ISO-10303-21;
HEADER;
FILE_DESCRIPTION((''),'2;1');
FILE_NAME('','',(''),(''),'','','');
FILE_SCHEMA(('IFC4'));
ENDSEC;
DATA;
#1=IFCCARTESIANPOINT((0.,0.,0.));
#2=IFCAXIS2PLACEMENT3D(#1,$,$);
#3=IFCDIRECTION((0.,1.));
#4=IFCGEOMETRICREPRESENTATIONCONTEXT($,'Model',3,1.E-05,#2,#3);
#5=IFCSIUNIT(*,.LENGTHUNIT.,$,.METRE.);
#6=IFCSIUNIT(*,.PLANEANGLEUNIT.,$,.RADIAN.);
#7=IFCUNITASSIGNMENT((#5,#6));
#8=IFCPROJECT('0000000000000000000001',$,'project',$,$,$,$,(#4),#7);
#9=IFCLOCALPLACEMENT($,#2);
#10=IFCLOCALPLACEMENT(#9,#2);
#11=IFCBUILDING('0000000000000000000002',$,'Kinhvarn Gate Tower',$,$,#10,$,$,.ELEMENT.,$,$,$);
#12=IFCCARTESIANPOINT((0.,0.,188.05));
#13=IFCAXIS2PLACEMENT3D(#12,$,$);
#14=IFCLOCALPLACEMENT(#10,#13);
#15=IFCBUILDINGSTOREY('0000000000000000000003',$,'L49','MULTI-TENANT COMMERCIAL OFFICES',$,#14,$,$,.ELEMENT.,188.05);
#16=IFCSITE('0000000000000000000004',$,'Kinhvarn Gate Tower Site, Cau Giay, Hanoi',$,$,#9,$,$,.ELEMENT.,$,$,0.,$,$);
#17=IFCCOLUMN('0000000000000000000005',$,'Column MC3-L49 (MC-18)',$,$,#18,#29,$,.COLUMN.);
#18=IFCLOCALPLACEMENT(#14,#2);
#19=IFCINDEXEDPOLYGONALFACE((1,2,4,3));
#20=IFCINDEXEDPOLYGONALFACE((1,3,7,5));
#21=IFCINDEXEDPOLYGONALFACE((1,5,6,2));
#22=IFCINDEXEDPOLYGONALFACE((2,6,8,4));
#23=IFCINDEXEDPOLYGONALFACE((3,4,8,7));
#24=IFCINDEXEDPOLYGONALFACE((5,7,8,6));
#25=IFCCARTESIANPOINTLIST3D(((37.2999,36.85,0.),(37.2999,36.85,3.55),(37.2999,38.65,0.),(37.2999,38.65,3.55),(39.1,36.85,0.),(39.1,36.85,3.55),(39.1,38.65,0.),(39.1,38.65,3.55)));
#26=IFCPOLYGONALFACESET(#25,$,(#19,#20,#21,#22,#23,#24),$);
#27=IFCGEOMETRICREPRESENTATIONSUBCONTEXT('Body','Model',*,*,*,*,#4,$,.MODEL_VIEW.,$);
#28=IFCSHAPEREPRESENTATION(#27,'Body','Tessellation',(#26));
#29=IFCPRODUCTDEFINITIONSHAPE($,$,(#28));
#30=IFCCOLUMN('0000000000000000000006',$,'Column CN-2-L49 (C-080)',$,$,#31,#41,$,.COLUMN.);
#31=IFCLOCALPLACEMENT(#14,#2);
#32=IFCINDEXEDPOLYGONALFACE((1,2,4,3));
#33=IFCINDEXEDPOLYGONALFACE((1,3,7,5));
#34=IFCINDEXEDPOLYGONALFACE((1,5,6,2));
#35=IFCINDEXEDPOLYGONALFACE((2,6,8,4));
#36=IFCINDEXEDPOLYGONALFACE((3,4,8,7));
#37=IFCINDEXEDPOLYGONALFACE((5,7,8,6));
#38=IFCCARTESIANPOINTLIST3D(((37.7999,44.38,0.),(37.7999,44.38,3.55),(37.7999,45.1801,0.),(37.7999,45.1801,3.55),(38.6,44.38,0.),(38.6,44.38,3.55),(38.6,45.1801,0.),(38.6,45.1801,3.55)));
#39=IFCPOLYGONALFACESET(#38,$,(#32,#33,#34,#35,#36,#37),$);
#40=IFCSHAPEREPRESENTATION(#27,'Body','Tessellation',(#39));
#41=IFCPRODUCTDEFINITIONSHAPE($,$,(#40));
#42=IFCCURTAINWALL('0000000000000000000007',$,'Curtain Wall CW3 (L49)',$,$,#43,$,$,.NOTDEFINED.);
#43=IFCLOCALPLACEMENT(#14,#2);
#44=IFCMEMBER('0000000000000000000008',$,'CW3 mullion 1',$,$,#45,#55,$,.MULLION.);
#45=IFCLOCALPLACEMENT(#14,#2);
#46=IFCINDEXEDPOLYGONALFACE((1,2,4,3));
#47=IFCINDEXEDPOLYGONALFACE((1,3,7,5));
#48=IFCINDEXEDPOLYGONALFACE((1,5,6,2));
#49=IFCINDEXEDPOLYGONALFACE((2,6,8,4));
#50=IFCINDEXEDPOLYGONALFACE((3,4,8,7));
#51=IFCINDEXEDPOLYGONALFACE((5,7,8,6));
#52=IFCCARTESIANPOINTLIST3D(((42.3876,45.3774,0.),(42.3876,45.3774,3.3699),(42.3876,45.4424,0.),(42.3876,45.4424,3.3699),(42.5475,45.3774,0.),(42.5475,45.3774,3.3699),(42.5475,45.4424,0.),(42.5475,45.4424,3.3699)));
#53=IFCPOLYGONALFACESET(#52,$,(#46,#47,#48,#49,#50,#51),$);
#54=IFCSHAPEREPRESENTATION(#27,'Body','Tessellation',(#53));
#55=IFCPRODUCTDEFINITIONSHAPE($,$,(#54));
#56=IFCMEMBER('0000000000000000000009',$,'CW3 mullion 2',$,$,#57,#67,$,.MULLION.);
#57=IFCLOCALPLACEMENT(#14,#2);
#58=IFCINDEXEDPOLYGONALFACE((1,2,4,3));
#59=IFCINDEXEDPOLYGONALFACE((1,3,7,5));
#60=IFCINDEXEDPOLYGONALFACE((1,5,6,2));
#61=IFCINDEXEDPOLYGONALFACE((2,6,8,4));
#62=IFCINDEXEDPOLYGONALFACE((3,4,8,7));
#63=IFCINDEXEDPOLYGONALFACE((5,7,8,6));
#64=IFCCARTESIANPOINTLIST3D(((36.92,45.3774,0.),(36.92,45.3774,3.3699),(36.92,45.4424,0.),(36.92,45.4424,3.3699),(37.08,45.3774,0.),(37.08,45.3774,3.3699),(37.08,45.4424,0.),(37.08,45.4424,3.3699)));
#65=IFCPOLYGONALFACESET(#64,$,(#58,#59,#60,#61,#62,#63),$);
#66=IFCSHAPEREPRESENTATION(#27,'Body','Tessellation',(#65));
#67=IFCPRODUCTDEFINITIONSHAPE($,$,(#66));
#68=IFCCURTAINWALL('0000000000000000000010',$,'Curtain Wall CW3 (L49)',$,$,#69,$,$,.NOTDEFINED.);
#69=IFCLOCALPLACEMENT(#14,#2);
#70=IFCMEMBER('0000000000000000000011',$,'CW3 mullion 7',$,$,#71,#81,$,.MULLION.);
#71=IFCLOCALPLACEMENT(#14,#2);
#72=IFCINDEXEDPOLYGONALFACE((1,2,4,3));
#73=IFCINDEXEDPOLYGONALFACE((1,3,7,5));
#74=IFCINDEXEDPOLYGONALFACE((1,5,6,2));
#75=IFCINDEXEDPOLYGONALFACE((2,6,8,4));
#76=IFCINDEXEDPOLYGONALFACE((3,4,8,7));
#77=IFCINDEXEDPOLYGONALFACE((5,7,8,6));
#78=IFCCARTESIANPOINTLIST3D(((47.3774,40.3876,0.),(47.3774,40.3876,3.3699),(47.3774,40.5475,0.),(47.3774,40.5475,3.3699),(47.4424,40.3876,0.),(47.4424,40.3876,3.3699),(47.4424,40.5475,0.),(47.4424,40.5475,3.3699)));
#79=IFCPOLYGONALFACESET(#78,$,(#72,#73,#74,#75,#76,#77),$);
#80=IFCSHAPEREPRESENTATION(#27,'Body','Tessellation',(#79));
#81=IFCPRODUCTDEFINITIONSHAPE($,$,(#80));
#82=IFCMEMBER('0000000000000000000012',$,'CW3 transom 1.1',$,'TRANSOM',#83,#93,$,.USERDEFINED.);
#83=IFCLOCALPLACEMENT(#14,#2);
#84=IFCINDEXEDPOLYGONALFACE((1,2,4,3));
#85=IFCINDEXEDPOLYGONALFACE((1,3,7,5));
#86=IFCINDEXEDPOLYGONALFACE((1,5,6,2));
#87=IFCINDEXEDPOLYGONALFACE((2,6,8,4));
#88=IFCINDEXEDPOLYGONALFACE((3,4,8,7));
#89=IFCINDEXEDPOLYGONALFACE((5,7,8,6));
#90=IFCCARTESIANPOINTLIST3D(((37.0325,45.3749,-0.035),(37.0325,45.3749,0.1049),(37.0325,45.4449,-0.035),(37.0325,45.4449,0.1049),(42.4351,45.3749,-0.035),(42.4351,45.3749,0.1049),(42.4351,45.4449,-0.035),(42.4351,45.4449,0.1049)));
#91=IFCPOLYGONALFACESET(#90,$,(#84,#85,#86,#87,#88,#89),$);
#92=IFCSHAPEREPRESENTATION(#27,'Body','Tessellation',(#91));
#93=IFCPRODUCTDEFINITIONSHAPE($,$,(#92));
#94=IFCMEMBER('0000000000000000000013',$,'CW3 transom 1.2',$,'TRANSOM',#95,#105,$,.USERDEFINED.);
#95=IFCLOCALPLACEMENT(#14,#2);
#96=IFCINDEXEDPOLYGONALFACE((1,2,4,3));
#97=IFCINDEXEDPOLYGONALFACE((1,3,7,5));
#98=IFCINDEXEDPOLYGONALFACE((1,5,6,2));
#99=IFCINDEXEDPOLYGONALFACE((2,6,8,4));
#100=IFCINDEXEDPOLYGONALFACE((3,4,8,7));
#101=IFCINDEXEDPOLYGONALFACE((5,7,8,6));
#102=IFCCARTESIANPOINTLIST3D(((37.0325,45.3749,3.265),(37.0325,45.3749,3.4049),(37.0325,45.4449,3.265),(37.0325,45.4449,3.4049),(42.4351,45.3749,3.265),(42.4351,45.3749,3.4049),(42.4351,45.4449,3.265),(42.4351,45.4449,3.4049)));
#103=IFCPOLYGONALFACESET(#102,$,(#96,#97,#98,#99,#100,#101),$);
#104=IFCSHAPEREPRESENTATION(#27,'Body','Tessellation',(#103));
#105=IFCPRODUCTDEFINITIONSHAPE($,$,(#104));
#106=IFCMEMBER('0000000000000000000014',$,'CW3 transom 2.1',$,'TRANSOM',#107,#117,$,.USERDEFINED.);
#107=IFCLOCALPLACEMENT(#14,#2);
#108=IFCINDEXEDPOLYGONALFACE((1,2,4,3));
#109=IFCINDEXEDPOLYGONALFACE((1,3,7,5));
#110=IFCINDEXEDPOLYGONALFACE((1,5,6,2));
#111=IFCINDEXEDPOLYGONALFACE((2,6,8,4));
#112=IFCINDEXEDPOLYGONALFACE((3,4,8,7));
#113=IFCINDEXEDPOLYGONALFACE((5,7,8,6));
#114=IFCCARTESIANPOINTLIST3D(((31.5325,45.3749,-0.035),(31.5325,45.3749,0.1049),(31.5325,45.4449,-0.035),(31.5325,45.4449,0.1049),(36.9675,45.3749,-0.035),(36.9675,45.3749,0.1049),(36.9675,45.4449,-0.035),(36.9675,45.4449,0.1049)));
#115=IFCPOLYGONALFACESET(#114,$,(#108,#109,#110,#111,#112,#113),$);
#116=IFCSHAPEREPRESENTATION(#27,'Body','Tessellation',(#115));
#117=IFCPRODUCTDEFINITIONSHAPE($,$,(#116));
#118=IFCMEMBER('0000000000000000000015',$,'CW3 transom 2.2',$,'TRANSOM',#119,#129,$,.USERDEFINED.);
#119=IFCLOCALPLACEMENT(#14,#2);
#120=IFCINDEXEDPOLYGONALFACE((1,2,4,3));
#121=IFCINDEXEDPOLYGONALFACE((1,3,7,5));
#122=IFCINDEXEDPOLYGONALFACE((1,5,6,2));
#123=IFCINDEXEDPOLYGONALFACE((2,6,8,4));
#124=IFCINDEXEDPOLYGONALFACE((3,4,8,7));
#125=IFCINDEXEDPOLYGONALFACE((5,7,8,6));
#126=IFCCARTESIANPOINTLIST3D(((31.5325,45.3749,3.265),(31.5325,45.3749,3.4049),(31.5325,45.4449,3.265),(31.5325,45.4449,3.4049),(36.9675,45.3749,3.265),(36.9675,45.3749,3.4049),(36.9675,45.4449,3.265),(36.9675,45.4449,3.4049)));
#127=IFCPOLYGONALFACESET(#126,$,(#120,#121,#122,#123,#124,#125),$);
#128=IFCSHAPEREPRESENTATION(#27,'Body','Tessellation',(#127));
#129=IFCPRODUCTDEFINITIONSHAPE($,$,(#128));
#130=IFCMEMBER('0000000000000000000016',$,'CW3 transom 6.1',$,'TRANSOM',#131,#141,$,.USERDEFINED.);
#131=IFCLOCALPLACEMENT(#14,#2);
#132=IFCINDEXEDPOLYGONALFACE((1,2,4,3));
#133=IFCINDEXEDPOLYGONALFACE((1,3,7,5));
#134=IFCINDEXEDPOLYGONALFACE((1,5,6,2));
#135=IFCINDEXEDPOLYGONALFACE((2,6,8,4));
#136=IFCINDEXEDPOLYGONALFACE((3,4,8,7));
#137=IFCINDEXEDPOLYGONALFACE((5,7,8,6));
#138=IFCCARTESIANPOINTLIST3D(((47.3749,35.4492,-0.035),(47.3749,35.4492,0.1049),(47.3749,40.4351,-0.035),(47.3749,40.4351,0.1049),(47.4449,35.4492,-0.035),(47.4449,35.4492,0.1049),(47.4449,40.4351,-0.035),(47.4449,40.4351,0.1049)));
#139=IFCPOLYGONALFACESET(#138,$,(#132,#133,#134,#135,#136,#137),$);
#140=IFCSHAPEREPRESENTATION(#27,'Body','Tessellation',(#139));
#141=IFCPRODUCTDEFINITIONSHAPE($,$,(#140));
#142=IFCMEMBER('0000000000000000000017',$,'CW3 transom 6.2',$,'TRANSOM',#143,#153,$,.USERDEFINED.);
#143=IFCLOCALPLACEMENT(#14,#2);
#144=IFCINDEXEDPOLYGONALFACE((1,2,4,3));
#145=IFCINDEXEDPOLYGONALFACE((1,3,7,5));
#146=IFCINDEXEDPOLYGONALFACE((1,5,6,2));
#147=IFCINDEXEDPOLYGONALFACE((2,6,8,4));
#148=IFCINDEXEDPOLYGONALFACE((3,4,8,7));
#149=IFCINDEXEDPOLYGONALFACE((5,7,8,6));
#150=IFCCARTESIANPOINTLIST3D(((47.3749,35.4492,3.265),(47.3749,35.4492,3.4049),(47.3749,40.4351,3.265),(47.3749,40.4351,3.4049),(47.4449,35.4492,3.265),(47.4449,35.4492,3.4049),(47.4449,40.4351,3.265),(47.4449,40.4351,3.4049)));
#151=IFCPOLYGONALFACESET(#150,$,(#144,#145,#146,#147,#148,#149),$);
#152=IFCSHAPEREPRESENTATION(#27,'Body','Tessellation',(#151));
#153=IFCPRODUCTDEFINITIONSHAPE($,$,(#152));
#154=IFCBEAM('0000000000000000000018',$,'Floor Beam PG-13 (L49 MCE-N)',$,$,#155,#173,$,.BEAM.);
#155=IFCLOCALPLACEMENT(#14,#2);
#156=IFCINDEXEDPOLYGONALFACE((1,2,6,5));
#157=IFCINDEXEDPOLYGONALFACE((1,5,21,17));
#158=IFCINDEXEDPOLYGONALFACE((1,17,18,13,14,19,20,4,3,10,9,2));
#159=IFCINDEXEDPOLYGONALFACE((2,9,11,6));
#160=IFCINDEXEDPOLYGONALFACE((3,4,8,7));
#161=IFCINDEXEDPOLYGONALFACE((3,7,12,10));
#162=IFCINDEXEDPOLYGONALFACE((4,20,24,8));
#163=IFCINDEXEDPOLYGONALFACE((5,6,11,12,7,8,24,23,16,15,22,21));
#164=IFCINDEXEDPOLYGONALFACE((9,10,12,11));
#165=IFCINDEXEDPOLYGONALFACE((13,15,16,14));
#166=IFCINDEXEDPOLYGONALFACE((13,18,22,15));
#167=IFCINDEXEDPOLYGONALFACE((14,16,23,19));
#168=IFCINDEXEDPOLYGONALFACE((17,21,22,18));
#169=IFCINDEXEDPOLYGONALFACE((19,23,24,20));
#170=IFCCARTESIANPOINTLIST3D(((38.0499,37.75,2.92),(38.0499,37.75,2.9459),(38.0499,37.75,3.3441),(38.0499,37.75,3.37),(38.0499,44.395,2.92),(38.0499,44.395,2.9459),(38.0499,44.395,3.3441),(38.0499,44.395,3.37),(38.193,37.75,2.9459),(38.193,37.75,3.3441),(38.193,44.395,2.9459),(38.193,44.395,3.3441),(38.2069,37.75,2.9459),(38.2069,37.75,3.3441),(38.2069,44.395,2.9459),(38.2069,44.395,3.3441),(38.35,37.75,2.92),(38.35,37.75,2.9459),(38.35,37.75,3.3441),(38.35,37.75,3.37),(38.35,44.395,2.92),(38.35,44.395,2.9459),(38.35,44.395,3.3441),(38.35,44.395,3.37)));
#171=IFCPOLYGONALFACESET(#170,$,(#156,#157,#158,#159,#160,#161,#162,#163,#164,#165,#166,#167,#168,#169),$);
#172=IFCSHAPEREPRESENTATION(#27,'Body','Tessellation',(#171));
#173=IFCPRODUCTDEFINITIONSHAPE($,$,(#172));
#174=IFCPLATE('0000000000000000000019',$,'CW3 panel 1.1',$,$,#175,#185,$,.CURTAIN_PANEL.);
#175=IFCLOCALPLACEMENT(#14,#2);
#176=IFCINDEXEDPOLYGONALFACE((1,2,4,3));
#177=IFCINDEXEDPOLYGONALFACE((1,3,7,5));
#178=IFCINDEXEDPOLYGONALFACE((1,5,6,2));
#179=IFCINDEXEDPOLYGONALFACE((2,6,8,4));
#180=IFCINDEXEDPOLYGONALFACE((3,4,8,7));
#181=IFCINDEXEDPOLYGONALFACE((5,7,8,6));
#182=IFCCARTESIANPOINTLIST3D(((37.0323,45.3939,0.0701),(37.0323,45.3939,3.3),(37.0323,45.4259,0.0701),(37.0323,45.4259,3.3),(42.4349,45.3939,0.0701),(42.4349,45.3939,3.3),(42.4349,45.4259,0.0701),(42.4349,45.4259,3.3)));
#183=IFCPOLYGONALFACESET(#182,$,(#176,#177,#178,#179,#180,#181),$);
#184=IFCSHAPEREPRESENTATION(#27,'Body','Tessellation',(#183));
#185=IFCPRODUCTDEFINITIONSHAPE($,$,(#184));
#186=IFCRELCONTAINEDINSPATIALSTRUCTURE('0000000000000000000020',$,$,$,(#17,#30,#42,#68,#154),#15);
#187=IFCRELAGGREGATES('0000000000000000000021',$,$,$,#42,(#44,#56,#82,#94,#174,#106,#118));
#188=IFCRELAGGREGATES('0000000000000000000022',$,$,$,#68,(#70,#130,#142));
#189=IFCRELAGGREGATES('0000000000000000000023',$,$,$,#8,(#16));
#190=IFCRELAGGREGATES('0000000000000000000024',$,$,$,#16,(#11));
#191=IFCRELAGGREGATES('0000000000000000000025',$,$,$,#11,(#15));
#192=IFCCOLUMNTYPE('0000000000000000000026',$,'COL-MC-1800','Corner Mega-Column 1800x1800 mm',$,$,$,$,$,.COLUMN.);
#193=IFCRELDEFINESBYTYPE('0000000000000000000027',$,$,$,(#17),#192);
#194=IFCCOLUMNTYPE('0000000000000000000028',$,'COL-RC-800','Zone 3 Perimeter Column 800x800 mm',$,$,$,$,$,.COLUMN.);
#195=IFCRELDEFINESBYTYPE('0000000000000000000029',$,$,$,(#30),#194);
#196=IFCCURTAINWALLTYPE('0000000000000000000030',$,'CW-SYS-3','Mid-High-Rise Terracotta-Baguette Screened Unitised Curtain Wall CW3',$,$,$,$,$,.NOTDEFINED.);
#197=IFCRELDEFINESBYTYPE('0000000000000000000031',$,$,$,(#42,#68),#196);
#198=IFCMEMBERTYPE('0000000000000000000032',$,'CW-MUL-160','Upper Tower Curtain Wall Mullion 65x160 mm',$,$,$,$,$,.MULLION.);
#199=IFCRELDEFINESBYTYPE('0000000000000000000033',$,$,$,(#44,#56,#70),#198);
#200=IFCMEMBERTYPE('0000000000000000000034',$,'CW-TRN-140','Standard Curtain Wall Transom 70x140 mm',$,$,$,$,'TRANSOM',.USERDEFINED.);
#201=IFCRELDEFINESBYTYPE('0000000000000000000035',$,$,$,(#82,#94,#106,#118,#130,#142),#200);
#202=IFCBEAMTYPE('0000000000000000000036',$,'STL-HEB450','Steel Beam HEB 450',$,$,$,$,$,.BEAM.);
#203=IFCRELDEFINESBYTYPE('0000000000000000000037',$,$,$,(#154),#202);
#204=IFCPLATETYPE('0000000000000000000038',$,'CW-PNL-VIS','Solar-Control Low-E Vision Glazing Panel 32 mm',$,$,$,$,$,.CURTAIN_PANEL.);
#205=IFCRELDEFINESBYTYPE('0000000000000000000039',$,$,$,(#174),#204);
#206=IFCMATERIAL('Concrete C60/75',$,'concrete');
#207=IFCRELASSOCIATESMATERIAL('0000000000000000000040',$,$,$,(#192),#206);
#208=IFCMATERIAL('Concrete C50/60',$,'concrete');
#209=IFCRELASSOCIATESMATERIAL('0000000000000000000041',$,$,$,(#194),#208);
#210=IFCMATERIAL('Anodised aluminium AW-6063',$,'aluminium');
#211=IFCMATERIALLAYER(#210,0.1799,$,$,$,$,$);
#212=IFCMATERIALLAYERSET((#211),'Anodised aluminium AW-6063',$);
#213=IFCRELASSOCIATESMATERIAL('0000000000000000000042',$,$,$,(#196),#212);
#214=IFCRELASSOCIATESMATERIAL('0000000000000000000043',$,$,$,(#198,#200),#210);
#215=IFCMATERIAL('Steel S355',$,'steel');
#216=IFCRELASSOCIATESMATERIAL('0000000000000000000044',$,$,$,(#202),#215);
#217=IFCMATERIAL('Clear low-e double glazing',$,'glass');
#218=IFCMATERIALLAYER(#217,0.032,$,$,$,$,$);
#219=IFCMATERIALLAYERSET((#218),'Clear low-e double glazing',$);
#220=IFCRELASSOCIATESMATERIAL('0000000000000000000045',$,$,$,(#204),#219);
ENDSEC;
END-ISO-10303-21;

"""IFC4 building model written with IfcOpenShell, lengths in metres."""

from ifc_helpers import new_model, si_unit, direction, frame, origin, origin_2d, place, context, subcontext, project, spatial, rectangle, i_section, extrude, material, layer, layer_set, material_profile, profile_set, type_object, element, aggregate, save


model = new_model("IFC4")

# Units and contexts
model_context = context("Model", 3, precision=1e-05, world=origin(), true_north=direction((0.0, 1.0)))
body_context = subcontext(model_context, "Body", "Model", "MODEL_VIEW")
ifc_project = project(units=[si_unit("LENGTHUNIT", "METRE"), si_unit("PLANEANGLEUNIT", "RADIAN")], contexts=[model_context])

# Site, building, storey
site_placement = place(None, origin())
site = spatial("IfcSite", under=ifc_project, at=site_placement, Name="Kinhvarn Gate Tower Site, Cau Giay, Hanoi", CompositionType="ELEMENT", RefElevation=0.0)
building_placement = place(site_placement, origin())
building = spatial("IfcBuilding", under=site, at=building_placement, Name="Kinhvarn Gate Tower", CompositionType="ELEMENT")
storey_placement = place(building_placement, frame((0.0, 0.0, 188.05)))
storey = spatial("IfcBuildingStorey", under=building, at=storey_placement, Name="L49", Description="MULTI-TENANT COMMERCIAL OFFICES", CompositionType="ELEMENT", Elevation=188.05)

# Columns
ifc_material_1 = material(Name="Concrete C60/75", Category="concrete")
ifc_material_profile_1 = material_profile(ifc_material_1, rectangle(XDim=1.8, YDim=1.8, at=origin_2d()), Name="RC 1800x1800")
ifc_profile_set_1 = profile_set([ifc_material_profile_1], Name="Concrete C60/75")
column_type_1 = type_object("IfcColumnType", Name="COL-MC-1800", Description="Corner Mega-Column 1800x1800 mm", PredefinedType="COLUMN", material=ifc_profile_set_1)
column_1_placement = place(storey_placement, frame((38.2, 37.75, 0.0), z_axis=(0.0, 0.0, 1.0), x_axis=(1.0, 0.0, 0.0)))
element("IfcColumn", 1, at=column_1_placement, inside=storey, type_object=column_type_1, Name="Column MC3-L49 (MC-18)", PredefinedType="COLUMN", context=body_context, shape_type="SweptSolid", body=[
    extrude(rectangle(XDim=1.8, YDim=1.8, at=origin_2d()), origin(), (0.0, 0.0, 1.0), 3.55),
])
ifc_material_2 = material(Name="Concrete C50/60", Category="concrete")
ifc_material_profile_2 = material_profile(ifc_material_2, rectangle(XDim=0.8, YDim=0.8, at=origin_2d()), Name="RC 800x800")
ifc_profile_set_2 = profile_set([ifc_material_profile_2], Name="Concrete C50/60")
column_type_2 = type_object("IfcColumnType", Name="COL-RC-800", Description="Zone 3 Perimeter Column 800x800 mm", PredefinedType="COLUMN", material=ifc_profile_set_2)
column_2_placement = place(storey_placement, frame((38.2, 44.78, 0.0), z_axis=(0.0, 0.0, 1.0), x_axis=(1.0, 0.0, 0.0)))
element("IfcColumn", 2, at=column_2_placement, inside=storey, type_object=column_type_2, Name="Column CN-2-L49 (C-080)", PredefinedType="COLUMN", context=body_context, shape_type="SweptSolid", body=[
    extrude(rectangle(XDim=0.8, YDim=0.8, at=origin_2d()), origin(), (0.0, 0.0, 1.0), 3.55),
])

# Curtain wall, members
ifc_material_3 = material(Name="Anodised aluminium AW-6063", Category="aluminium")
ifc_layer_1 = layer(ifc_material_3, 0.1799)
ifc_layer_set_1 = layer_set([ifc_layer_1], Name="Anodised aluminium AW-6063")
curtain_wall_type = type_object("IfcCurtainWallType", Name="CW-SYS-3", Description="Mid-High-Rise Terracotta-Baguette Screened Unitised Curtain Wall CW3", PredefinedType="NOTDEFINED", material=ifc_layer_set_1)
curtain_wall_1_placement = place(storey_placement, origin())
curtain_wall_1 = element("IfcCurtainWall", 3, at=curtain_wall_1_placement, inside=storey, type_object=curtain_wall_type, Name="Curtain Wall CW3 (L49)", PredefinedType="NOTDEFINED")
ifc_material_profile_3 = material_profile(ifc_material_3, rectangle(XDim=0.0649, YDim=0.1599, at=origin_2d()), Name="ALU 65x160")
ifc_profile_set_3 = profile_set([ifc_material_profile_3], Name="Anodised aluminium AW-6063")
member_type_1 = type_object("IfcMemberType", Name="CW-MUL-160", Description="Upper Tower Curtain Wall Mullion 65x160 mm", PredefinedType="MULLION", material=ifc_profile_set_3)
member_1_placement = place(storey_placement, frame((42.4675, 45.4099, 0.0), z_axis=(0.0, 0.0, 1.0), x_axis=(0.0, -1.0, 0.0)))
member_1 = element("IfcMember", 4, at=member_1_placement, type_object=member_type_1, Name="CW3 mullion 1", PredefinedType="MULLION", context=body_context, shape_type="SweptSolid", body=[
    extrude(rectangle(XDim=0.0649, YDim=0.1599, at=origin_2d()), origin(), (0.0, 0.0, 1.0), 3.3699),
])
member_2_placement = place(storey_placement, frame((37.0, 45.4099, 0.0), z_axis=(0.0, 0.0, 1.0), x_axis=(0.0, -1.0, 0.0)))
member_2 = element("IfcMember", 5, at=member_2_placement, type_object=member_type_1, Name="CW3 mullion 2", PredefinedType="MULLION", context=body_context, shape_type="SweptSolid", body=[
    extrude(rectangle(XDim=0.0649, YDim=0.1599, at=origin_2d()), origin(), (0.0, 0.0, 1.0), 3.3699),
])

# Curtain wall, member
curtain_wall_2_placement = place(storey_placement, origin())
curtain_wall_2 = element("IfcCurtainWall", 6, at=curtain_wall_2_placement, inside=storey, type_object=curtain_wall_type, Name="Curtain Wall CW3 (L49)", PredefinedType="NOTDEFINED")
member_3_placement = place(storey_placement, frame((47.4099, 40.4675, 0.0), z_axis=(0.0, 0.0, 1.0), x_axis=(-1.0, 0.0, 0.0)))
member_3 = element("IfcMember", 7, at=member_3_placement, type_object=member_type_1, Name="CW3 mullion 7", PredefinedType="MULLION", context=body_context, shape_type="SweptSolid", body=[
    extrude(rectangle(XDim=0.0649, YDim=0.1599, at=origin_2d()), origin(), (0.0, 0.0, 1.0), 3.3699),
])

# Members
ifc_material_profile_4 = material_profile(ifc_material_3, rectangle(XDim=0.0701, YDim=0.1399, at=origin_2d()), Name="ALU 70x140")
ifc_profile_set_4 = profile_set([ifc_material_profile_4], Name="Anodised aluminium AW-6063")
member_type_2 = type_object("IfcMemberType", Name="CW-TRN-140", Description="Standard Curtain Wall Transom 70x140 mm", ElementType="TRANSOM", PredefinedType="USERDEFINED", material=ifc_profile_set_4)
member_4_placement = place(storey_placement, frame((42.4351, 45.4099, 0.0349), z_axis=(-1.0, 0.0, 0.0), x_axis=(0.0, -1.0, 0.0)))
member_4 = element("IfcMember", 8, at=member_4_placement, type_object=member_type_2, Name="CW3 transom 1.1", ObjectType="TRANSOM", PredefinedType="USERDEFINED", context=body_context, shape_type="SweptSolid", body=[
    extrude(rectangle(XDim=0.0701, YDim=0.1399, at=origin_2d()), origin(), (0.0, 0.0, 1.0), 5.4026),
])
member_5_placement = place(storey_placement, frame((42.4351, 45.4099, 3.335), z_axis=(-1.0, 0.0, 0.0), x_axis=(0.0, -1.0, 0.0)))
member_5 = element("IfcMember", 9, at=member_5_placement, type_object=member_type_2, Name="CW3 transom 1.2", ObjectType="TRANSOM", PredefinedType="USERDEFINED", context=body_context, shape_type="SweptSolid", body=[
    extrude(rectangle(XDim=0.0701, YDim=0.1399, at=origin_2d()), origin(), (0.0, 0.0, 1.0), 5.4026),
])
member_6_placement = place(storey_placement, frame((36.9675, 45.4099, 0.0349), z_axis=(-1.0, 0.0, 0.0), x_axis=(0.0, -1.0, 0.0)))
member_6 = element("IfcMember", 10, at=member_6_placement, type_object=member_type_2, Name="CW3 transom 2.1", ObjectType="TRANSOM", PredefinedType="USERDEFINED", context=body_context, shape_type="SweptSolid", body=[
    extrude(rectangle(XDim=0.0701, YDim=0.1399, at=origin_2d()), origin(), (0.0, 0.0, 1.0), 5.4351),
])
member_7_placement = place(storey_placement, frame((36.9675, 45.4099, 3.335), z_axis=(-1.0, 0.0, 0.0), x_axis=(0.0, -1.0, 0.0)))
member_7 = element("IfcMember", 11, at=member_7_placement, type_object=member_type_2, Name="CW3 transom 2.2", ObjectType="TRANSOM", PredefinedType="USERDEFINED", context=body_context, shape_type="SweptSolid", body=[
    extrude(rectangle(XDim=0.0701, YDim=0.1399, at=origin_2d()), origin(), (0.0, 0.0, 1.0), 5.4351),
])
member_8_placement = place(storey_placement, frame((47.4099, 35.4492, 0.0349), z_axis=(0.0, 1.0, 0.0), x_axis=(-1.0, 0.0, 0.0)))
member_8 = element("IfcMember", 12, at=member_8_placement, type_object=member_type_2, Name="CW3 transom 6.1", ObjectType="TRANSOM", PredefinedType="USERDEFINED", context=body_context, shape_type="SweptSolid", body=[
    extrude(rectangle(XDim=0.0701, YDim=0.1399, at=origin_2d()), origin(), (0.0, 0.0, 1.0), 4.9858),
])
member_9_placement = place(storey_placement, frame((47.4099, 35.4492, 3.335), z_axis=(0.0, 1.0, 0.0), x_axis=(-1.0, 0.0, 0.0)))
member_9 = element("IfcMember", 13, at=member_9_placement, type_object=member_type_2, Name="CW3 transom 6.2", ObjectType="TRANSOM", PredefinedType="USERDEFINED", context=body_context, shape_type="SweptSolid", body=[
    extrude(rectangle(XDim=0.0701, YDim=0.1399, at=origin_2d()), origin(), (0.0, 0.0, 1.0), 4.9858),
])

# Beam
ifc_material_4 = material(Name="Steel S355", Category="steel")
ifc_material_profile_5 = material_profile(ifc_material_4, i_section(OverallWidth=0.3, OverallDepth=0.45, WebThickness=0.0139, FlangeThickness=0.0259, at=origin_2d()), Name="HEB 450")
ifc_profile_set_5 = profile_set([ifc_material_profile_5], Name="Steel S355")
beam_type = type_object("IfcBeamType", Name="STL-HEB450", Description="Steel Beam HEB 450", PredefinedType="BEAM", material=ifc_profile_set_5)
beam_placement = place(storey_placement, frame((38.2, 37.75, 3.145), z_axis=(0.0, 1.0, 0.0), x_axis=(-1.0, 0.0, 0.0)))
element("IfcBeam", 14, at=beam_placement, inside=storey, type_object=beam_type, Name="Floor Beam PG-13 (L49 MCE-N)", PredefinedType="BEAM", context=body_context, shape_type="SweptSolid", body=[
    extrude(i_section(OverallWidth=0.3, OverallDepth=0.45, WebThickness=0.0139, FlangeThickness=0.0259, at=origin_2d()), origin(), (0.0, 0.0, 1.0), 6.645),
])

# Plate
ifc_material_5 = material(Name="Clear low-e double glazing", Category="glass")
ifc_layer_2 = layer(ifc_material_5, 0.032)
ifc_layer_set_2 = layer_set([ifc_layer_2], Name="Clear low-e double glazing")
plate_type = type_object("IfcPlateType", Name="CW-PNL-VIS", Description="Solar-Control Low-E Vision Glazing Panel 32 mm", PredefinedType="CURTAIN_PANEL", material=ifc_layer_set_2)
plate_1_placement = place(storey_placement, frame((39.7336, 45.4099, 0.0701), z_axis=(0.0, 0.0, 1.0), x_axis=(-1.0, 0.0, 0.0)))
plate_1 = element("IfcPlate", 15, at=plate_1_placement, type_object=plate_type, Name="CW3 panel 1.1", PredefinedType="CURTAIN_PANEL", context=body_context, shape_type="SweptSolid", body=[
    extrude(rectangle(XDim=5.4026, YDim=0.032, at=origin_2d()), origin(), (0.0, 0.0, 1.0), 3.23),
])
aggregate(curtain_wall_1, [member_1, member_2, member_4, member_5, plate_1, member_6, member_7])
aggregate(curtain_wall_2, [member_3, member_8, member_9])

save(model, "model.ifc")
